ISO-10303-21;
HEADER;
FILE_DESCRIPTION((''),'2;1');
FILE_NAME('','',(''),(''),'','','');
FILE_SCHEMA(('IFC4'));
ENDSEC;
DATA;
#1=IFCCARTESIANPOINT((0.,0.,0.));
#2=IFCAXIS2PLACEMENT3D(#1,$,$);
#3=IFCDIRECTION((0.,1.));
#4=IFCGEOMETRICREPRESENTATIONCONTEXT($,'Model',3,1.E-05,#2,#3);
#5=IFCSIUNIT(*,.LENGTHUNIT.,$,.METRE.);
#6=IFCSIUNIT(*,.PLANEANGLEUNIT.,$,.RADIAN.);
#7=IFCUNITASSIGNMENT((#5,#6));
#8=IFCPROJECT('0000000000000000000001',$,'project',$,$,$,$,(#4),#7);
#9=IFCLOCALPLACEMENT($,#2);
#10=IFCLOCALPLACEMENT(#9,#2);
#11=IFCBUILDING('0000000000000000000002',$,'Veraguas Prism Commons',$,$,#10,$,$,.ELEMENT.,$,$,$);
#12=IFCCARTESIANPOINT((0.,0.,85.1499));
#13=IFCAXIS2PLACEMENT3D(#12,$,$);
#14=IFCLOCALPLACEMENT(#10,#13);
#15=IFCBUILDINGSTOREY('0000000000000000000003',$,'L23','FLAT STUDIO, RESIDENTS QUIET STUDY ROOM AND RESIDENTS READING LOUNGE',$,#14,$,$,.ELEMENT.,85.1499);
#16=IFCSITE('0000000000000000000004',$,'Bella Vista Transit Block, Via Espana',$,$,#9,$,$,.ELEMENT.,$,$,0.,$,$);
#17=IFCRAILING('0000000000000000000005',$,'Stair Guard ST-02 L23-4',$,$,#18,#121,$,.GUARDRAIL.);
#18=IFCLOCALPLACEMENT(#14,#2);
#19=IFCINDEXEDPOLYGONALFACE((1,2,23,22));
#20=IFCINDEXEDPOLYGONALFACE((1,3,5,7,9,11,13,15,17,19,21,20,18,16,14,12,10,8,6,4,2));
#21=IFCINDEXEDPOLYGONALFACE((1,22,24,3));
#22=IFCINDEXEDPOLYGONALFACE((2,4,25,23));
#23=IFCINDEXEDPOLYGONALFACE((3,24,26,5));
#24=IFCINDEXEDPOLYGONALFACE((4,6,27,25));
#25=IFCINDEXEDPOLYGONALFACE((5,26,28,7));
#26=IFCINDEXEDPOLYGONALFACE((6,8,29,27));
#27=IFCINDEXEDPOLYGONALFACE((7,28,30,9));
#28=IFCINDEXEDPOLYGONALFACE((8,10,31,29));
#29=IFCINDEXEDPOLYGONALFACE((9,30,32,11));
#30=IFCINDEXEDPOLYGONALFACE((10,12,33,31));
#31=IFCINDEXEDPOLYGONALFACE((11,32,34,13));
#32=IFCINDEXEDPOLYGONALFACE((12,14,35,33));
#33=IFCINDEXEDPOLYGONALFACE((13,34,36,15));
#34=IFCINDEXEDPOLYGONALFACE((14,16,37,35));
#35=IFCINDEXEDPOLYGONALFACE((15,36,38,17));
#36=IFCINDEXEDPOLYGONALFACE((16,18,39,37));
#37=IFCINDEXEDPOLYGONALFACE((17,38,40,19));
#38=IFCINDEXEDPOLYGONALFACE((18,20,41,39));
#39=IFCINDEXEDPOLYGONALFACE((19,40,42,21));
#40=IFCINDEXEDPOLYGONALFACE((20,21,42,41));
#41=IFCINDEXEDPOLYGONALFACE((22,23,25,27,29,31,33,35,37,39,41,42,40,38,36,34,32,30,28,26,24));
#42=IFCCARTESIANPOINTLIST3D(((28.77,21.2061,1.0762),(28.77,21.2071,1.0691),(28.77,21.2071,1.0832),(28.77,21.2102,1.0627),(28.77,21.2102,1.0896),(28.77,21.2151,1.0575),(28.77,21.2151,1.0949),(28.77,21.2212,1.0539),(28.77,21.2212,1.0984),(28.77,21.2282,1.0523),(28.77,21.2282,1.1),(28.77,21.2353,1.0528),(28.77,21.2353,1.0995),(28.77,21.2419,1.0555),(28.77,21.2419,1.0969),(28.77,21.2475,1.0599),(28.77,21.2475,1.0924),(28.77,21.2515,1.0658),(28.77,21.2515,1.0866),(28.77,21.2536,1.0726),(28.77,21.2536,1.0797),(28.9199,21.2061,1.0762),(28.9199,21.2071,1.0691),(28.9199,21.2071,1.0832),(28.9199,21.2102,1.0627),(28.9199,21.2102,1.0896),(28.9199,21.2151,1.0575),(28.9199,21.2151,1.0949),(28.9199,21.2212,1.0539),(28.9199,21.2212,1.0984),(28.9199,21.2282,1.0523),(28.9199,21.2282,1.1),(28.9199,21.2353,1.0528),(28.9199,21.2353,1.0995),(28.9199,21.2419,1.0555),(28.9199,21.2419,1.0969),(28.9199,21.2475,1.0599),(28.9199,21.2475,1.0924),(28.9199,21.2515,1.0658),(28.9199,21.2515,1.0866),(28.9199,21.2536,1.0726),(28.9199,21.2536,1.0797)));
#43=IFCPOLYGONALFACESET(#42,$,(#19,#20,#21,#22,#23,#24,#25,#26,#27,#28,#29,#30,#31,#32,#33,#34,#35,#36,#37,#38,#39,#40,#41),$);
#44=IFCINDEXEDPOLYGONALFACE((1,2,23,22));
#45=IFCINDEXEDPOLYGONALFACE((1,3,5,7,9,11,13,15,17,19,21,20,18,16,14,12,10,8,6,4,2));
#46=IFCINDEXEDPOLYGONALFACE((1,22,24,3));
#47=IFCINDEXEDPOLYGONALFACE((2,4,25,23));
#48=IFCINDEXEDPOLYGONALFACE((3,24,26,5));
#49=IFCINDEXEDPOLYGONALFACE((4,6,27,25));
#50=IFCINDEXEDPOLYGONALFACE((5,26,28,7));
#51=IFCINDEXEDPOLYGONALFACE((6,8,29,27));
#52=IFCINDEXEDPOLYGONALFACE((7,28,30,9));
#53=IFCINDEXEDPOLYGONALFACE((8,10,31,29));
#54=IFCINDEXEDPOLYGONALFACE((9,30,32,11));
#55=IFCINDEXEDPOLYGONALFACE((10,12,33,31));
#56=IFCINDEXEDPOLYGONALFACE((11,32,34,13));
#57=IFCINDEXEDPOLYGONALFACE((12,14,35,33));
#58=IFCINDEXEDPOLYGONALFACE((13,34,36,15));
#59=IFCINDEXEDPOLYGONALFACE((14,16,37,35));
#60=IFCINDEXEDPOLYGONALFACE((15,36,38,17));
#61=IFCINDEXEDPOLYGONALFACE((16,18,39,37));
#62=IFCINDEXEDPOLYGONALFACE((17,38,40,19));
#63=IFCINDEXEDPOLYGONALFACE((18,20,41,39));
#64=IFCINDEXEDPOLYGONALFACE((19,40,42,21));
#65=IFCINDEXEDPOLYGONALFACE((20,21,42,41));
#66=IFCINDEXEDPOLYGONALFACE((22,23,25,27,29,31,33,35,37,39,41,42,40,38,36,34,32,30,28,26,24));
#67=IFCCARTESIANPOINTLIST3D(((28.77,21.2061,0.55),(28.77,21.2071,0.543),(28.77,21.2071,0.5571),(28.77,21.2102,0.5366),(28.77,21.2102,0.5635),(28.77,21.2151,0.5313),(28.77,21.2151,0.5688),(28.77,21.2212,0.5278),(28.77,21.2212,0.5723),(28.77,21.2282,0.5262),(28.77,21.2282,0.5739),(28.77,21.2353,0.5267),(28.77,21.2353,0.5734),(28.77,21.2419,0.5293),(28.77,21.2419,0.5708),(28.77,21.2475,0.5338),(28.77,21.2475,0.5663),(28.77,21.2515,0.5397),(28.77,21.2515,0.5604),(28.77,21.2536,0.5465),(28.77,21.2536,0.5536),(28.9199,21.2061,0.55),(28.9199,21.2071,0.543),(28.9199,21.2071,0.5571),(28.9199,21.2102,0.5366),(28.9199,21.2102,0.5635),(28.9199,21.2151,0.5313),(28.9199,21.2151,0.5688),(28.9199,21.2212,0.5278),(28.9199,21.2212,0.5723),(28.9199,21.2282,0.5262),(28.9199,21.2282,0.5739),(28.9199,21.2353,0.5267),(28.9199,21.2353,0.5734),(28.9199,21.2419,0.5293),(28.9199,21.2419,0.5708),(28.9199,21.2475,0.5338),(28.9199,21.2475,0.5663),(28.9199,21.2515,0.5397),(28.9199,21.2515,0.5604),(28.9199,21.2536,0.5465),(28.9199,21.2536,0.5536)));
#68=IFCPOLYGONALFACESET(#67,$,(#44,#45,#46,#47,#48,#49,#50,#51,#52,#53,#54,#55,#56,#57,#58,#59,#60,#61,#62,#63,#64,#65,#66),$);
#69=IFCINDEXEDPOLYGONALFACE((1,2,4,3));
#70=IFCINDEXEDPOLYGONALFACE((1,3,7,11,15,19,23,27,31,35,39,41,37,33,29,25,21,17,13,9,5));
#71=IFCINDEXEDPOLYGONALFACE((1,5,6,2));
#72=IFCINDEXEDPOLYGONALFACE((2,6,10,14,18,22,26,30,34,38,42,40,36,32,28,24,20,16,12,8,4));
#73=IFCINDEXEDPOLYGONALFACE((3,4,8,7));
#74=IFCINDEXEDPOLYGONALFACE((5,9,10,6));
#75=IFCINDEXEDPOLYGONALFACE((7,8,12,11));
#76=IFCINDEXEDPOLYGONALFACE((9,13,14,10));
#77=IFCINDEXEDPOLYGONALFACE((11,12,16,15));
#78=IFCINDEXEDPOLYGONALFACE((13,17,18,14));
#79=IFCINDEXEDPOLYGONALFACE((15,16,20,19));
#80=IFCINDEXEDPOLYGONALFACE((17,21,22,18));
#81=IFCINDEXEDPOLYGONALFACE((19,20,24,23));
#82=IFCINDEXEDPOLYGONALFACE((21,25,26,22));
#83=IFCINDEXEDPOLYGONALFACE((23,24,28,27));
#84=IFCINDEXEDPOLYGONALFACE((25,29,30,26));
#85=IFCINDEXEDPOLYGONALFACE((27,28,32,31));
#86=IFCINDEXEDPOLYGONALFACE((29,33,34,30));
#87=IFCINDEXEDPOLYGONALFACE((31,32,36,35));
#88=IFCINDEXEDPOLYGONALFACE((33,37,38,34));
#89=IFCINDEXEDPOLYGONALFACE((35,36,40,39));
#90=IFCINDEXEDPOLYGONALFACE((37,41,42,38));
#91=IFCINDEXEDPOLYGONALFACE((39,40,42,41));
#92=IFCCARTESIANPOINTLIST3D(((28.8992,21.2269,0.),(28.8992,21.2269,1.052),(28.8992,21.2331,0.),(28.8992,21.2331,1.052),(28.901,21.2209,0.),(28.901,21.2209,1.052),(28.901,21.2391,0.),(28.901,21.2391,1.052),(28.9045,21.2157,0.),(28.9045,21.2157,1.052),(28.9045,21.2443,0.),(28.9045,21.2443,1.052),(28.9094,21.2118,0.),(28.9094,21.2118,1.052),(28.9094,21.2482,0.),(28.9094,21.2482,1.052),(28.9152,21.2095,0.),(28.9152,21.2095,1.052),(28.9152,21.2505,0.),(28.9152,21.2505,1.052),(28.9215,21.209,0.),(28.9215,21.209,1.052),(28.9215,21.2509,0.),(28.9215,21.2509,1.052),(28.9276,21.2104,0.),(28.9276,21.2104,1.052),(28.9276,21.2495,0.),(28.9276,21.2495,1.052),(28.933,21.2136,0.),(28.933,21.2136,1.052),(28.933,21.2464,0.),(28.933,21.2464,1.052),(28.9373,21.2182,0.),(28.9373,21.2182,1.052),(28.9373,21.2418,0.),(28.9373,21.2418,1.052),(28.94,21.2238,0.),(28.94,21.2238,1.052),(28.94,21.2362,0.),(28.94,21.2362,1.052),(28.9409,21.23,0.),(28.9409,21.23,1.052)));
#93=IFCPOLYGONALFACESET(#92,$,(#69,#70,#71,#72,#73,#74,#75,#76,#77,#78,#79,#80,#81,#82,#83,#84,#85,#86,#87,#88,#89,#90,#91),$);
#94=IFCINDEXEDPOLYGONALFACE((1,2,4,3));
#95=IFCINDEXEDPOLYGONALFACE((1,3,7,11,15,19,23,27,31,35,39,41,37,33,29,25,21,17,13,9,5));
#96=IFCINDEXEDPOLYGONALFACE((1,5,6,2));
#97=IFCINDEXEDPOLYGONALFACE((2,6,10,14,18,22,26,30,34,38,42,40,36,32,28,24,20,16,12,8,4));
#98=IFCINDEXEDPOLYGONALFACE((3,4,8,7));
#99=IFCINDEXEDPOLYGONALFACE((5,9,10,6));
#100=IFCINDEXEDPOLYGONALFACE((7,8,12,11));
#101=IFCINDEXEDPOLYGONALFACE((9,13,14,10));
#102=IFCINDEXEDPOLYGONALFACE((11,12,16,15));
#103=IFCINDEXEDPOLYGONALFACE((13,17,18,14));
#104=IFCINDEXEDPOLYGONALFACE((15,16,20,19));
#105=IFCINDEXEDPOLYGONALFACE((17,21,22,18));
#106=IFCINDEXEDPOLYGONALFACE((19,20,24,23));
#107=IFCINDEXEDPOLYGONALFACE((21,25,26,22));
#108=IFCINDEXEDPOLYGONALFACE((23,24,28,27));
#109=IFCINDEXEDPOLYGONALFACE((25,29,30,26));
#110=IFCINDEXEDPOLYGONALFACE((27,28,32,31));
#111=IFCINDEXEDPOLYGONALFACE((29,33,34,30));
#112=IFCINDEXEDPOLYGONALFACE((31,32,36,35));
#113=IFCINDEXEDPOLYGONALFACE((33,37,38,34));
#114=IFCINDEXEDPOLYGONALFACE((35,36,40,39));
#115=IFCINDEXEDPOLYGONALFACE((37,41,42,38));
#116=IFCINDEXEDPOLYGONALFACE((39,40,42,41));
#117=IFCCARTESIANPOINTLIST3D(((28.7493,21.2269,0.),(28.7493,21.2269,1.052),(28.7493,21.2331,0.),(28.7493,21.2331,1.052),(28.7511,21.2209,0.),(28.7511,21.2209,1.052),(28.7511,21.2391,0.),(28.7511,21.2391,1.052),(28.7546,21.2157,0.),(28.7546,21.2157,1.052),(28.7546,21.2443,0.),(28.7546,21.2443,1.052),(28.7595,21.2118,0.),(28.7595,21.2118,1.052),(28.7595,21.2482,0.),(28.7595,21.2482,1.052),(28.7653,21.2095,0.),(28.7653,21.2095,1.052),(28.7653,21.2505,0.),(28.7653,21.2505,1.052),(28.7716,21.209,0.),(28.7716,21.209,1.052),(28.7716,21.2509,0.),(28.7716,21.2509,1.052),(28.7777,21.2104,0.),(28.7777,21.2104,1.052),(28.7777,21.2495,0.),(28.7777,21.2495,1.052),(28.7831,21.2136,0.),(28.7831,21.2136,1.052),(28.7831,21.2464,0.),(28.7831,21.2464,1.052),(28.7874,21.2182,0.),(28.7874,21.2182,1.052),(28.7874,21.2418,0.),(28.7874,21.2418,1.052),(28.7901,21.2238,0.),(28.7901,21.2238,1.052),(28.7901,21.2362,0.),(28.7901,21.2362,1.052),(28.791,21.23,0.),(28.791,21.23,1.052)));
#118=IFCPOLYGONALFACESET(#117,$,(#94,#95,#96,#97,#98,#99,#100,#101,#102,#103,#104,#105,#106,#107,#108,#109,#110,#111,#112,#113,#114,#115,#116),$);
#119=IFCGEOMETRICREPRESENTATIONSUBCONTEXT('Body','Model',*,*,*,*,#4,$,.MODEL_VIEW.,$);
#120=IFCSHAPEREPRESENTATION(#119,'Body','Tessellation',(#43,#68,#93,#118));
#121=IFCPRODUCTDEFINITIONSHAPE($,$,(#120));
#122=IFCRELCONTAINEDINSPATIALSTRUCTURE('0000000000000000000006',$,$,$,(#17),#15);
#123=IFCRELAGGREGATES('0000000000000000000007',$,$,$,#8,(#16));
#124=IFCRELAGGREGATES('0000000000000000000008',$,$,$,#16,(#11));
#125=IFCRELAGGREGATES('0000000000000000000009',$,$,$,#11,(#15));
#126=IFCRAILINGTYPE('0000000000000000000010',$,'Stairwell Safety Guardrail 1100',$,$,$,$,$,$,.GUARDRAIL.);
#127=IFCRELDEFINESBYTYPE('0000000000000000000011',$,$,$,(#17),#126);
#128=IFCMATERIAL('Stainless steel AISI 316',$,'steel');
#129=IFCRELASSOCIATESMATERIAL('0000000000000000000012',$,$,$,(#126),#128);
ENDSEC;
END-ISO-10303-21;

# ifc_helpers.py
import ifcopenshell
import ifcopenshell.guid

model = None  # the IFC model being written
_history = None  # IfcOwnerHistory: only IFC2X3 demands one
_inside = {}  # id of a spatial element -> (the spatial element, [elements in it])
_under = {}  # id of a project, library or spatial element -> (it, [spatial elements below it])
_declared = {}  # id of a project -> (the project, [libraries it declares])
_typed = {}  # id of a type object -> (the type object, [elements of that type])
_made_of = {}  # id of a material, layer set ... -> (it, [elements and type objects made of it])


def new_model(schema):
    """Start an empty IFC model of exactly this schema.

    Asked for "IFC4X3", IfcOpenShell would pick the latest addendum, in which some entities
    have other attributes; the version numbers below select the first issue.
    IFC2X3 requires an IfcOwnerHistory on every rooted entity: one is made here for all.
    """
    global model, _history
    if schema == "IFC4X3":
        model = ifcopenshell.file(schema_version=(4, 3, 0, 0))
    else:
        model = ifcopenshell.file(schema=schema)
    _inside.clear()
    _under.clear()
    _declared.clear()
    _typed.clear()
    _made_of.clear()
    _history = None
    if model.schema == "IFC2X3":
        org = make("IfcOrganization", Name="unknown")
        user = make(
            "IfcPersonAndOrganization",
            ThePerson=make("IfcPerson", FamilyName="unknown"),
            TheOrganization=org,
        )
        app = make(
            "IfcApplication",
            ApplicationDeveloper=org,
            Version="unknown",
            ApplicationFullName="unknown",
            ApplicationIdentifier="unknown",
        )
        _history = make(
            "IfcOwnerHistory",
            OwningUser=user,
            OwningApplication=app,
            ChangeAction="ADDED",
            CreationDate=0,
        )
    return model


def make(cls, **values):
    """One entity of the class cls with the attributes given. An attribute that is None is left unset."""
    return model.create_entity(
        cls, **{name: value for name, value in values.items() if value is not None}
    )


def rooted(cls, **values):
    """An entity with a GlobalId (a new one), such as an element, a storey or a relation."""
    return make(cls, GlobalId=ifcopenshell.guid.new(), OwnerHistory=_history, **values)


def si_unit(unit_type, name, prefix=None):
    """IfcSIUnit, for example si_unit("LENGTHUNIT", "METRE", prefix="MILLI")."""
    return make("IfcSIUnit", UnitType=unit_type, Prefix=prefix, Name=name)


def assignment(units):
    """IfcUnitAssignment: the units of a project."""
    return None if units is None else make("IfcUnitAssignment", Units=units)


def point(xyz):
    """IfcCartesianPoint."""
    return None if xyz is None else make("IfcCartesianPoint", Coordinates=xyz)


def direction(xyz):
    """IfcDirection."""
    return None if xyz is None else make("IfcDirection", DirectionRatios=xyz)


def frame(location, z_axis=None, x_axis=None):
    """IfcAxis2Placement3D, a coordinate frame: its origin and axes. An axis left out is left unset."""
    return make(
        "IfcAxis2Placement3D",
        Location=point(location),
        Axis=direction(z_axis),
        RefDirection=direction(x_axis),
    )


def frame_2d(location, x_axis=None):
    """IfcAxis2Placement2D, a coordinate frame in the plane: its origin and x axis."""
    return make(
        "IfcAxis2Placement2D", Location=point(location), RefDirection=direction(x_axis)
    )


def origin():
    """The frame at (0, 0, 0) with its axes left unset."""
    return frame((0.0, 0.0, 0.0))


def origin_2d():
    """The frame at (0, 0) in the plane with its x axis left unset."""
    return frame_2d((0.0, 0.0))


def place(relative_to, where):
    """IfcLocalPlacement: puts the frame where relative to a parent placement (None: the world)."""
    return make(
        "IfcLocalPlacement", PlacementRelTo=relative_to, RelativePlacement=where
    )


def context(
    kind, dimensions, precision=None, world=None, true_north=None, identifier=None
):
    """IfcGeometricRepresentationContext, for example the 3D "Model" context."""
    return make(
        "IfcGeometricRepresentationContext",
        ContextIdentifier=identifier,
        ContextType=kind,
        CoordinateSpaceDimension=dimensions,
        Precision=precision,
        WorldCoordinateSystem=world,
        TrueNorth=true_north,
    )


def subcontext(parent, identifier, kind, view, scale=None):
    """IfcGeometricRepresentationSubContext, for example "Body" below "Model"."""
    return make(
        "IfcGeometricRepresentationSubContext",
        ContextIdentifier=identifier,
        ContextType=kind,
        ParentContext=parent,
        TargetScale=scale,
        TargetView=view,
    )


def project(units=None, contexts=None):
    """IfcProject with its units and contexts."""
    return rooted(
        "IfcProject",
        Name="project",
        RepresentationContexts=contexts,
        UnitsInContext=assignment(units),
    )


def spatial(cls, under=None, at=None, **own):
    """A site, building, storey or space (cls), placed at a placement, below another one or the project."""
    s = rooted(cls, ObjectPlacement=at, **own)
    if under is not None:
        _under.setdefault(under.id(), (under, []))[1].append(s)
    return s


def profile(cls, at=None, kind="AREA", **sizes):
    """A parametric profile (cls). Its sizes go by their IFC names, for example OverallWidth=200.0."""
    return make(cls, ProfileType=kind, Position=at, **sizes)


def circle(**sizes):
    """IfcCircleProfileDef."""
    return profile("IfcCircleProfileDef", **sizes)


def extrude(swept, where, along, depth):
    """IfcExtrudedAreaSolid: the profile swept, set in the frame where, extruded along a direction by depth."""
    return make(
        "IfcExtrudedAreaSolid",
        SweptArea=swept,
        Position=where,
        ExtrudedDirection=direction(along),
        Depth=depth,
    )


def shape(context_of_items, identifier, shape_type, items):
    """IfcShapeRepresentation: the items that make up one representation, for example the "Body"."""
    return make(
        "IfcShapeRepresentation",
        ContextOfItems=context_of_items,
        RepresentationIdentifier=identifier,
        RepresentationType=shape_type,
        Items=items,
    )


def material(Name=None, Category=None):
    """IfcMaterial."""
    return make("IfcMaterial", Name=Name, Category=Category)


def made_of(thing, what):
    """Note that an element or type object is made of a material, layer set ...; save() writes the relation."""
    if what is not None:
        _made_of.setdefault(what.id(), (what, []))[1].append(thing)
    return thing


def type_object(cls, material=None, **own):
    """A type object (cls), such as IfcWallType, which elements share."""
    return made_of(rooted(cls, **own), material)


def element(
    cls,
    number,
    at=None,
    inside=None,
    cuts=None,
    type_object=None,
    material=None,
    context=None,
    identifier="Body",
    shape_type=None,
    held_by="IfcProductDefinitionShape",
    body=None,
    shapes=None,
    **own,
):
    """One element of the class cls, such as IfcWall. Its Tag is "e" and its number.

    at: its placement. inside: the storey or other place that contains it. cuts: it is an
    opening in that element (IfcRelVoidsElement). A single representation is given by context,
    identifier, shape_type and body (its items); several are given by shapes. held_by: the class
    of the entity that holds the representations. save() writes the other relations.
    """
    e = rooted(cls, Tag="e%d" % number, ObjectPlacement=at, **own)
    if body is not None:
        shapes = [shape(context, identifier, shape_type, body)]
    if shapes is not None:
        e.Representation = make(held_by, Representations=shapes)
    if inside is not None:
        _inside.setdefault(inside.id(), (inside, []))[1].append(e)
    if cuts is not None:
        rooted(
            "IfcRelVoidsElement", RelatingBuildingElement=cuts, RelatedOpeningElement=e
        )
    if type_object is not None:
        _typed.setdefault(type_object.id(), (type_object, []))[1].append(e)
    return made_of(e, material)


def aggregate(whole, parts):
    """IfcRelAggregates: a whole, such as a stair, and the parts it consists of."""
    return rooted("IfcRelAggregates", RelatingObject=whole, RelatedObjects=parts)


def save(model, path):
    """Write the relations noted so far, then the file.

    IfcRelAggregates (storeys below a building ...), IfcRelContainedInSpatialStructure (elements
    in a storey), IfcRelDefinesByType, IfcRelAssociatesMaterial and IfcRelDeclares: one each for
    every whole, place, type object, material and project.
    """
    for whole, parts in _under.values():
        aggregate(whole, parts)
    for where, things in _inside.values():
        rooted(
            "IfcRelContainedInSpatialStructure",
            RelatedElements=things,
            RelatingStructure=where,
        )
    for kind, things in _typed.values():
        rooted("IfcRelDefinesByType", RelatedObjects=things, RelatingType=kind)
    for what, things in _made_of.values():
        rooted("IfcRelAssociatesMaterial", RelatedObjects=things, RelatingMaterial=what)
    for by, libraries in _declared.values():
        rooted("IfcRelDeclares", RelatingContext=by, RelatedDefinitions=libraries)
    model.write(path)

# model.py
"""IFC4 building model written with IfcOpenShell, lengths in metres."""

from ifc_helpers import new_model, si_unit, direction, frame, origin, origin_2d, place, context, subcontext, project, spatial, circle, extrude, material, type_object, element, save


model = new_model("IFC4")

# Units and contexts
model_context = context("Model", 3, precision=1e-05, world=origin(), true_north=direction((0.0, 1.0)))
body_context = subcontext(model_context, "Body", "Model", "MODEL_VIEW")
ifc_project = project(units=[si_unit("LENGTHUNIT", "METRE"), si_unit("PLANEANGLEUNIT", "RADIAN")], contexts=[model_context])

# Site, building, storey
site_placement = place(None, origin())
site = spatial("IfcSite", under=ifc_project, at=site_placement, Name="Bella Vista Transit Block, Via Espana", CompositionType="ELEMENT", RefElevation=0.0)
building_placement = place(site_placement, origin())
building = spatial("IfcBuilding", under=site, at=building_placement, Name="Veraguas Prism Commons", CompositionType="ELEMENT")
storey_placement = place(building_placement, frame((0.0, 0.0, 85.1499)))
storey = spatial("IfcBuildingStorey", under=building, at=storey_placement, Name="L23", Description="FLAT STUDIO, RESIDENTS QUIET STUDY ROOM AND RESIDENTS READING LOUNGE", CompositionType="ELEMENT", Elevation=85.1499)

# Shared definitions
ifc_material_1 = material(Name="Stainless steel AISI 316", Category="steel")

# Railing
railing_type_1 = type_object("IfcRailingType", Name="Stairwell Safety Guardrail 1100", PredefinedType="GUARDRAIL", material=ifc_material_1)
railing_1_placement = place(storey_placement, frame((28.9199, 21.23, 0.0)))
element("IfcRailing", 1, at=railing_1_placement, inside=storey, type_object=railing_type_1, Name="Stair Guard ST-02 L23-4", PredefinedType="GUARDRAIL", context=body_context, shape_type="SweptSolid", body=[
    extrude(circle(Radius=0.0239, at=origin_2d()), frame((0.0, 0.0, 1.0762), z_axis=(-1.0, 0.0, 0.0), x_axis=(0.0, -1.0, 0.0)), (0.0, 0.0, 1.0), 0.1499),
    extrude(circle(Radius=0.0239, at=origin_2d()), frame((0.0, 0.0, 0.55), z_axis=(-1.0, 0.0, 0.0), x_axis=(0.0, -1.0, 0.0)), (0.0, 0.0, 1.0), 0.1499),
    extrude(circle(Radius=0.021, at=origin_2d()), origin(), (0.0, 0.0, 1.0), 1.052),
    extrude(circle(Radius=0.021, at=origin_2d()), frame((-0.1499, 0.0, 0.0)), (0.0, 0.0, 1.0), 1.052),
])

save(model, "model.ifc")
